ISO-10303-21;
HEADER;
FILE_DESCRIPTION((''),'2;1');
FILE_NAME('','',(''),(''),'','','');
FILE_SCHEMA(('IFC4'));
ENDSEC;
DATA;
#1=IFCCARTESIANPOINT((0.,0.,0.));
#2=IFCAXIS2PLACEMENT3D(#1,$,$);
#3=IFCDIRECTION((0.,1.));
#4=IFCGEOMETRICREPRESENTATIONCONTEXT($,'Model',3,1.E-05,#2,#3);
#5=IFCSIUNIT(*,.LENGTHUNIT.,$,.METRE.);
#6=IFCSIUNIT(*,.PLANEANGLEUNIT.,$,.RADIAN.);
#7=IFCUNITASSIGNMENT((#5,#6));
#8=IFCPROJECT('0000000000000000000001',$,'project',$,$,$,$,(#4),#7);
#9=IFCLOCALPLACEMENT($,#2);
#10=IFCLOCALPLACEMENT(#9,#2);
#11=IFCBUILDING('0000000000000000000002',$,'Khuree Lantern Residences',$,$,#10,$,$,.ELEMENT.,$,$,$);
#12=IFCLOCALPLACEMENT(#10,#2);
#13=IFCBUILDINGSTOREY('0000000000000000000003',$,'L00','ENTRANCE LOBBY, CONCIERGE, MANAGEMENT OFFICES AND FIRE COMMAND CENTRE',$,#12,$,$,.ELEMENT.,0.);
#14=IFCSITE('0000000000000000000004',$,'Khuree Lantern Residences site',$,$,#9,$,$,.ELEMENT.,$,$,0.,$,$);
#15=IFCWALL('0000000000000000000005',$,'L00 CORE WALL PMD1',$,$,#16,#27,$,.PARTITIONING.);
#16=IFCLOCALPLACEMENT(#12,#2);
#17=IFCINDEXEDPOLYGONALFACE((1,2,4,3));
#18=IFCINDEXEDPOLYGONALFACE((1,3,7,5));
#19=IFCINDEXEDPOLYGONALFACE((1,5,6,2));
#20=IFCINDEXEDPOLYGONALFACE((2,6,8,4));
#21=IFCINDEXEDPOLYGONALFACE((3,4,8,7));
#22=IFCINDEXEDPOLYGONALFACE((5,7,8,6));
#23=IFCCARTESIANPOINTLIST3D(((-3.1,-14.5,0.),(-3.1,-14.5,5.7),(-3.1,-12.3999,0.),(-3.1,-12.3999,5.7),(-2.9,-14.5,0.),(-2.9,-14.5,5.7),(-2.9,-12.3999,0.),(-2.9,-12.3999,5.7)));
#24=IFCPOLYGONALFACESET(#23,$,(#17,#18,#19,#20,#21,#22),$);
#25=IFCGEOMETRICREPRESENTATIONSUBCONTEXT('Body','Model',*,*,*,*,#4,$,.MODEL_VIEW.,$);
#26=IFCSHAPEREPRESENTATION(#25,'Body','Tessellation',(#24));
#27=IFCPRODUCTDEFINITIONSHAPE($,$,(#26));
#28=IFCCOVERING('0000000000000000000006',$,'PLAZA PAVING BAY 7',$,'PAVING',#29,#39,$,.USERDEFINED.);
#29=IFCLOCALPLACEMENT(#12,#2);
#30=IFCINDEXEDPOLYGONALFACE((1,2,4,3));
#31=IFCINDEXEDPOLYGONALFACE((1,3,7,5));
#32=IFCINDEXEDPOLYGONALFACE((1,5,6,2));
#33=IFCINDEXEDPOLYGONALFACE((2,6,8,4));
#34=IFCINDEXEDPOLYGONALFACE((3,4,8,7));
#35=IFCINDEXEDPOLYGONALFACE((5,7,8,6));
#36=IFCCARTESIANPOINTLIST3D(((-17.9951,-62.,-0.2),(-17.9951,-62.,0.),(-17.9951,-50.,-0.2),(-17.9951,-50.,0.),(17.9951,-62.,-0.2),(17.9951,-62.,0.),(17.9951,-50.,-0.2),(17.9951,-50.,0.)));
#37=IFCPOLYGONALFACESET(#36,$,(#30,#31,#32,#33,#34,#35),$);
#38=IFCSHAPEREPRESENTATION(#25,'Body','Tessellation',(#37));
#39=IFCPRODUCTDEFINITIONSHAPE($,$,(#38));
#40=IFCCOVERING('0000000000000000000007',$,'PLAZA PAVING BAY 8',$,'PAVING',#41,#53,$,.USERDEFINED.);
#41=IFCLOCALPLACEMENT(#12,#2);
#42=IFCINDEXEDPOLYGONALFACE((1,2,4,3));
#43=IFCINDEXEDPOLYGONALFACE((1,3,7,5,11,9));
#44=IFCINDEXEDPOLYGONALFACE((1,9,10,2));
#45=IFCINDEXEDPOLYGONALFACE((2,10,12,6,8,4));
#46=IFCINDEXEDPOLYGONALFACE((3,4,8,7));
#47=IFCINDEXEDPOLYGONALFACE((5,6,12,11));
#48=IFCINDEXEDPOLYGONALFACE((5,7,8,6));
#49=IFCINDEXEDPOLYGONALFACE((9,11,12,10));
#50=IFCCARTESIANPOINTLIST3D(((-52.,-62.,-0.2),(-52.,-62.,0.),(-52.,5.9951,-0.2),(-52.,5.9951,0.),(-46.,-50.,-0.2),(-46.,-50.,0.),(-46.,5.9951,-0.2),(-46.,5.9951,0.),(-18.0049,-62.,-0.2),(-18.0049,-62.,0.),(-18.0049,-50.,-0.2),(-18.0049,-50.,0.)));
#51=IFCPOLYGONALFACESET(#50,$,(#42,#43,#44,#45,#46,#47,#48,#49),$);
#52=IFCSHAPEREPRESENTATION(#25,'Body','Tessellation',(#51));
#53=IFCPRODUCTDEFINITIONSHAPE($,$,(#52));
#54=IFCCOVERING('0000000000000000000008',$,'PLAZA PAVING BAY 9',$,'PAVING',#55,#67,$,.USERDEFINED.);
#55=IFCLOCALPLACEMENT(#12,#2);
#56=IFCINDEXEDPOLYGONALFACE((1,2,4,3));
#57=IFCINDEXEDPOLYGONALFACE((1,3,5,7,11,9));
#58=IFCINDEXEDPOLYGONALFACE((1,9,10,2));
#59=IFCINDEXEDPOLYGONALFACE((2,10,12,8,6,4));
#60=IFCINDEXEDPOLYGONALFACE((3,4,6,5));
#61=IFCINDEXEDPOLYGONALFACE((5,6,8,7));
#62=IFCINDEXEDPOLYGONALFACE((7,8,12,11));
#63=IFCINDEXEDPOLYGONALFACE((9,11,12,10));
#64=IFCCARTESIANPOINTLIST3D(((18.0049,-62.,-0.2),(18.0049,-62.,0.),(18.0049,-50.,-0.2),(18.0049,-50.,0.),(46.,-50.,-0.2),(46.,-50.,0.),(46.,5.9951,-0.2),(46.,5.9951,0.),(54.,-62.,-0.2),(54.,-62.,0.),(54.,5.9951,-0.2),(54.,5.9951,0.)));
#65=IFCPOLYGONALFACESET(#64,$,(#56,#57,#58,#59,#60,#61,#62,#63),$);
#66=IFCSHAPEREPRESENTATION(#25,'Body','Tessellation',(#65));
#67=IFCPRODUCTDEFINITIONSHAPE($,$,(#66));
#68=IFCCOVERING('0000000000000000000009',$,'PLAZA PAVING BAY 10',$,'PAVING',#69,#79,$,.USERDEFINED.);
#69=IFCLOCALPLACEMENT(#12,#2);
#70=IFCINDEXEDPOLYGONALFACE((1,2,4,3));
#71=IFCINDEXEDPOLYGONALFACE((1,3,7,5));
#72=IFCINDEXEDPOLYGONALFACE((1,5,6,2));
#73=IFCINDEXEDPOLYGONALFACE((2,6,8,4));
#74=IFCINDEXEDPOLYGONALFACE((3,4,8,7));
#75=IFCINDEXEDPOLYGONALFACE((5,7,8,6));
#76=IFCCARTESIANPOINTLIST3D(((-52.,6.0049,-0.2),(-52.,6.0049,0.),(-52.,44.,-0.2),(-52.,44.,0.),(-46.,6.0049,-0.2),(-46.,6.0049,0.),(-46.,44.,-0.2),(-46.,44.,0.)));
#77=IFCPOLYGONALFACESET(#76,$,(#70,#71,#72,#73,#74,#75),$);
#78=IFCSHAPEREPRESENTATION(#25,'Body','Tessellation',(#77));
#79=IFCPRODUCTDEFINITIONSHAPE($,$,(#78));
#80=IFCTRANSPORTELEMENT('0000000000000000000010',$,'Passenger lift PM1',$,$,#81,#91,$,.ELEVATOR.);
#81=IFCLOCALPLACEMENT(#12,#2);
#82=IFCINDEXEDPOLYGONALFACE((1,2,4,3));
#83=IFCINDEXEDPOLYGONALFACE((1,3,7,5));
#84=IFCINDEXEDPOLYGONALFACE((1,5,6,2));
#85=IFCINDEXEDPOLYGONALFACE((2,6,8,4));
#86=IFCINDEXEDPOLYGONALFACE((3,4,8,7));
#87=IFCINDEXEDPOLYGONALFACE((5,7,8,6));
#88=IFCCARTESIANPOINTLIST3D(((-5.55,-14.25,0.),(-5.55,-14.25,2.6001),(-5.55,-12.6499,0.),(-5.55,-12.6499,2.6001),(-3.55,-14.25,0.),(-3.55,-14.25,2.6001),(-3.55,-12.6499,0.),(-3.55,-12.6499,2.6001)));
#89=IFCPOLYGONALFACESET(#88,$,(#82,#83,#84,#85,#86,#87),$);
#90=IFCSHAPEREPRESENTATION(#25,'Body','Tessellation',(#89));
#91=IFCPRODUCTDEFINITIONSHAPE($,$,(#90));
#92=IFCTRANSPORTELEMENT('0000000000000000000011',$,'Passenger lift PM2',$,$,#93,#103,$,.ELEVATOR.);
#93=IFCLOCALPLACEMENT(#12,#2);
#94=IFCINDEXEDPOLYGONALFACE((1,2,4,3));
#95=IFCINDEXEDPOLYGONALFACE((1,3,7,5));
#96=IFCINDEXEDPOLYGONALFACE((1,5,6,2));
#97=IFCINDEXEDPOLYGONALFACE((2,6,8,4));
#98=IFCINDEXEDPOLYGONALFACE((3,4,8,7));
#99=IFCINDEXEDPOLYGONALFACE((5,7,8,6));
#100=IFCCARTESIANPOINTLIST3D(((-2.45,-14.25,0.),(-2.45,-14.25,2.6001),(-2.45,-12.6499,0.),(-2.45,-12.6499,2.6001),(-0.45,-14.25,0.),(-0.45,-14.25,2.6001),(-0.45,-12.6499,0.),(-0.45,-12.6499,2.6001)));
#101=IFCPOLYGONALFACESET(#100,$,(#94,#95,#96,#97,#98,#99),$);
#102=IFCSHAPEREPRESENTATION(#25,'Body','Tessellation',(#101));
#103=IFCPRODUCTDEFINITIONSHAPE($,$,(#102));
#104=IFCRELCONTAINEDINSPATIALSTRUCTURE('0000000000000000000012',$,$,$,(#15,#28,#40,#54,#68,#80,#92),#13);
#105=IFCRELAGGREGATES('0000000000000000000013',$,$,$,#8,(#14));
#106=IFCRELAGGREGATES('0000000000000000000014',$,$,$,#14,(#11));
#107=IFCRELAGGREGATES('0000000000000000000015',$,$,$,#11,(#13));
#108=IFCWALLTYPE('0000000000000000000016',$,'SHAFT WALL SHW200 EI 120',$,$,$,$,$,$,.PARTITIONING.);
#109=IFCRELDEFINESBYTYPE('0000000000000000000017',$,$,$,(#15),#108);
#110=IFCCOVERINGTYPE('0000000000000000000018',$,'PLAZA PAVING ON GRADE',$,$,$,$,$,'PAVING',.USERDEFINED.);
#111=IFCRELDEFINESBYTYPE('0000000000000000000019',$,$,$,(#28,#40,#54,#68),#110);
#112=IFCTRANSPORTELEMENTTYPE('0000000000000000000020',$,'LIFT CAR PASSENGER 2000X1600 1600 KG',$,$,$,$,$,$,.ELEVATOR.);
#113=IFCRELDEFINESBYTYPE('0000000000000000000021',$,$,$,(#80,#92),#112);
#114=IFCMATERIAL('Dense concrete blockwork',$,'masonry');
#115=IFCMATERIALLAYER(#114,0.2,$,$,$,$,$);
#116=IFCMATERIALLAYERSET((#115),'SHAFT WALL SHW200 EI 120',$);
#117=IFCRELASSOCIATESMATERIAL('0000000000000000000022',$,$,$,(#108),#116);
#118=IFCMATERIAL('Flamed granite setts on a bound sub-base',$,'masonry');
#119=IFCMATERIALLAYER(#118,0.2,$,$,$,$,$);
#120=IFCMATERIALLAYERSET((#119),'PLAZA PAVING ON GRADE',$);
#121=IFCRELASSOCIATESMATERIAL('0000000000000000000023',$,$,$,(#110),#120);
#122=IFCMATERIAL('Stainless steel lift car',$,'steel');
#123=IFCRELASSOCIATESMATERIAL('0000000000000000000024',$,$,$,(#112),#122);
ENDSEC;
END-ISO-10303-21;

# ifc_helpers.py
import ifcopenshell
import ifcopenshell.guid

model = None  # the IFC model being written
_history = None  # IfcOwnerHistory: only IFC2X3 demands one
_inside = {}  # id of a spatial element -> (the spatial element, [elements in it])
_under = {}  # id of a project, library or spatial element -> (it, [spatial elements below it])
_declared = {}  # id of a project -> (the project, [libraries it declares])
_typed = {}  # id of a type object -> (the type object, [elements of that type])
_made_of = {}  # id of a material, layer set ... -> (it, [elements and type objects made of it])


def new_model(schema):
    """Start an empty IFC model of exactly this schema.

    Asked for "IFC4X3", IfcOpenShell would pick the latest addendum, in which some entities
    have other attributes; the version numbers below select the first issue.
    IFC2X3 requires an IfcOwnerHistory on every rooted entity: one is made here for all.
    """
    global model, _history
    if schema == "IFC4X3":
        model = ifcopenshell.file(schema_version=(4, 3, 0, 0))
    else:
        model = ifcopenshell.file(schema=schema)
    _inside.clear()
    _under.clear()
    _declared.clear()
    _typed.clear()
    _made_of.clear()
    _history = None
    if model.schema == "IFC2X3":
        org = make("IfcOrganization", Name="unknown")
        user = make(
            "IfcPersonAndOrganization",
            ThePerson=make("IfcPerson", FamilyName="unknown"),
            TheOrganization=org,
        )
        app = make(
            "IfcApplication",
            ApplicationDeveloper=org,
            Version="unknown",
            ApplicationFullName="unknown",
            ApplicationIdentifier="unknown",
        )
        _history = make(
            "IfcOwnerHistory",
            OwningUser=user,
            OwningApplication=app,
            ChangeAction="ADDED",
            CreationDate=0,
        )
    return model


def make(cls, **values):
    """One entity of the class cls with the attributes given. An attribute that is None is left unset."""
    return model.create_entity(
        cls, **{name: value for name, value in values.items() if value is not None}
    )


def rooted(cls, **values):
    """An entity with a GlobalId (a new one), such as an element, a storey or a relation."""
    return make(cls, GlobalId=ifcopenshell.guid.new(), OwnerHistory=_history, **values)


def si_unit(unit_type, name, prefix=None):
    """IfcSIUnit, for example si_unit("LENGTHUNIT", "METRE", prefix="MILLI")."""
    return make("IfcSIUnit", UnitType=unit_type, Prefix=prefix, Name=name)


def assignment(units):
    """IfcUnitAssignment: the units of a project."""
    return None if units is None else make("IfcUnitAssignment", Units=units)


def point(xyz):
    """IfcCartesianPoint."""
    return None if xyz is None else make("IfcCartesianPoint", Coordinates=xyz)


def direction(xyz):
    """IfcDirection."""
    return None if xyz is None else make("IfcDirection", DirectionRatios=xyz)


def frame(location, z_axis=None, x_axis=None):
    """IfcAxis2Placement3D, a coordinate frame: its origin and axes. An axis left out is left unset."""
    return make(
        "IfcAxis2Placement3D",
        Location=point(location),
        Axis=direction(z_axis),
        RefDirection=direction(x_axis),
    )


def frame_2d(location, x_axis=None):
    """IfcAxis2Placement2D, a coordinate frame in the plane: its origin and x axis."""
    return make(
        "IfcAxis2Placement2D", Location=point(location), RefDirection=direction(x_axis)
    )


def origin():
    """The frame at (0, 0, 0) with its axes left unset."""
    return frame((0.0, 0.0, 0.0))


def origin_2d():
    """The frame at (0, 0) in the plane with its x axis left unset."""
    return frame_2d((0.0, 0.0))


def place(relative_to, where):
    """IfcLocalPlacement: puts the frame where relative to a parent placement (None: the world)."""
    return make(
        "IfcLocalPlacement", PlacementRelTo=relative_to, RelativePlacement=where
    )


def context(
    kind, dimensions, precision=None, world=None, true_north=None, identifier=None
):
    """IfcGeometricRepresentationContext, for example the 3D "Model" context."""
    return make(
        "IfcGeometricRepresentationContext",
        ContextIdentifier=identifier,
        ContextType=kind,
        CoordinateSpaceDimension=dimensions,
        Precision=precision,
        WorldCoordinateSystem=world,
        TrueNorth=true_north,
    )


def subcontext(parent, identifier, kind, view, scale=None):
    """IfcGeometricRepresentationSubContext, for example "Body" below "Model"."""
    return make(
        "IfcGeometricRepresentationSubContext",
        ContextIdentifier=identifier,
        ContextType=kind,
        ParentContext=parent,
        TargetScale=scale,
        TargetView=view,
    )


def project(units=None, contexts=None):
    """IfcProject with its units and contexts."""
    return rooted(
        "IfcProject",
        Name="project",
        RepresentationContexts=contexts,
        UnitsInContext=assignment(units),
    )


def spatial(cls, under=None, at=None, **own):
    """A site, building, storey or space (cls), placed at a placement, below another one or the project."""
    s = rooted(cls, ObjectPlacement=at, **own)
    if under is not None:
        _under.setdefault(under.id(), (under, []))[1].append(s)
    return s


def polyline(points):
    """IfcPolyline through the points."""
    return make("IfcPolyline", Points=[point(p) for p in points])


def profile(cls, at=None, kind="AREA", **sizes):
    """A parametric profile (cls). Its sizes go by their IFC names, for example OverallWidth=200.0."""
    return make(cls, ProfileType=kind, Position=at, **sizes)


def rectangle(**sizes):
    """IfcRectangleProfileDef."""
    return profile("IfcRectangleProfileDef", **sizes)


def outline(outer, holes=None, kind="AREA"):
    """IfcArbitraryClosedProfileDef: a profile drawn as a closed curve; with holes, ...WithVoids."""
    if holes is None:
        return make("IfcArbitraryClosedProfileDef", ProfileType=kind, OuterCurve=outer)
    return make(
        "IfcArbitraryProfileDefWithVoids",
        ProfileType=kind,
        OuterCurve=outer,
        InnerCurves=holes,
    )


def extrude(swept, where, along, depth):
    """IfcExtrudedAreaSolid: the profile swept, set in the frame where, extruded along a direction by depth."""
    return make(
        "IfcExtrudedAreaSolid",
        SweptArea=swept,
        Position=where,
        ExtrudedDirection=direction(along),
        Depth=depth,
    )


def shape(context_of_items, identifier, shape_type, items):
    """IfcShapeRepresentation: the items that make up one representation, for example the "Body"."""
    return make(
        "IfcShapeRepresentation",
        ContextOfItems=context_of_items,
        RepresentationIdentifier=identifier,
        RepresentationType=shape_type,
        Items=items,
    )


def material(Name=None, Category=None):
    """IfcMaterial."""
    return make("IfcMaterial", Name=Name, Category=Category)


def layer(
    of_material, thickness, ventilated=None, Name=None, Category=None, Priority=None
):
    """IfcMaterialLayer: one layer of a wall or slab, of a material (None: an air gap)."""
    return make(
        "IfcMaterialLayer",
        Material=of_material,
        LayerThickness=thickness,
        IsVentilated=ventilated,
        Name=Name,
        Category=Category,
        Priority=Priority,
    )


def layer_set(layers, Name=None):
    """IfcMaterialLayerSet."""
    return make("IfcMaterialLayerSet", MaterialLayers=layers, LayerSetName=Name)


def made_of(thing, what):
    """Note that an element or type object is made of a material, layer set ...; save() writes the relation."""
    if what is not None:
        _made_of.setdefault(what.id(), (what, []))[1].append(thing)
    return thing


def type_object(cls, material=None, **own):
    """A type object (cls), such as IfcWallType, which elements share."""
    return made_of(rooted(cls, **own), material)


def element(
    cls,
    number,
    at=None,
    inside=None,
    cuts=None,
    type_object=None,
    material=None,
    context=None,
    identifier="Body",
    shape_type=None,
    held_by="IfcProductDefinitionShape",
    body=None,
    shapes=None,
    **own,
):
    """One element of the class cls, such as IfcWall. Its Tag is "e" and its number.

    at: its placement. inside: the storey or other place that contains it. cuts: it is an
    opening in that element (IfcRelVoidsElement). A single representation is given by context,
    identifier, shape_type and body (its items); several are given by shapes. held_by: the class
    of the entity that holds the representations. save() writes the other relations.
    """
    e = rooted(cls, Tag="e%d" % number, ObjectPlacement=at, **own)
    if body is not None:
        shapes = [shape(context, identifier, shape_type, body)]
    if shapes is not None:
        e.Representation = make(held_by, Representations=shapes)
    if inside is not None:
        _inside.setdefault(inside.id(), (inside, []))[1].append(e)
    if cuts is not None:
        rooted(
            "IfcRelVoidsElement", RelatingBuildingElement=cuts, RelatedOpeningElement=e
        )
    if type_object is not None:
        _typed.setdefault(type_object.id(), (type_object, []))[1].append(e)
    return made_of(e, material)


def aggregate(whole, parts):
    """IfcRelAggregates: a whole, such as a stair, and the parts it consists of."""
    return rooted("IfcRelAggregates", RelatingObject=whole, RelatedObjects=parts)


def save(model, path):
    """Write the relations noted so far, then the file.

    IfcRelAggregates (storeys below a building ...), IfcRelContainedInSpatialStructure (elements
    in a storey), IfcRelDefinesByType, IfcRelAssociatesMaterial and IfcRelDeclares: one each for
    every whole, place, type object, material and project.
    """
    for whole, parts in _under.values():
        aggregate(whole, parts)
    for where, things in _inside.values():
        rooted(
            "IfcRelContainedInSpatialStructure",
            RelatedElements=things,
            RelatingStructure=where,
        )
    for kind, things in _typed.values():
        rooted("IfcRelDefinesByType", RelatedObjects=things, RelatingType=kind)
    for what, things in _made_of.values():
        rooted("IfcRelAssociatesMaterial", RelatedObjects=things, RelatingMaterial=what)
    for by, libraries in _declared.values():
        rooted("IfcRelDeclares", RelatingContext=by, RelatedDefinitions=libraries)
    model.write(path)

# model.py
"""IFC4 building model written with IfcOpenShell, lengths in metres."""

from ifc_helpers import new_model, si_unit, direction, frame, frame_2d, origin, origin_2d, place, context, subcontext, project, spatial, polyline, rectangle, outline, extrude, material, layer, layer_set, type_object, element, save


model = new_model("IFC4")

# Units and contexts
model_context = context("Model", 3, precision=1e-05, world=origin(), true_north=direction((0.0, 1.0)))
body_context = subcontext(model_context, "Body", "Model", "MODEL_VIEW")
ifc_project = project(units=[si_unit("LENGTHUNIT", "METRE"), si_unit("PLANEANGLEUNIT", "RADIAN")], contexts=[model_context])

# Site, building, storey
site_placement = place(None, origin())
site = spatial("IfcSite", under=ifc_project, at=site_placement, Name="Khuree Lantern Residences site", CompositionType="ELEMENT", RefElevation=0.0)
building_placement = place(site_placement, origin())
building = spatial("IfcBuilding", under=site, at=building_placement, Name="Khuree Lantern Residences", CompositionType="ELEMENT")
storey_placement = place(building_placement, origin())
storey = spatial("IfcBuildingStorey", under=building, at=storey_placement, Name="L00", Description="ENTRANCE LOBBY, CONCIERGE, MANAGEMENT OFFICES AND FIRE COMMAND CENTRE", CompositionType="ELEMENT", Elevation=0.0)

# Shared definitions
ifc_material_1 = material(Name="Dense concrete blockwork", Category="masonry")

# Wall
ifc_layer_1 = layer(ifc_material_1, 0.2)
ifc_layer_set_1 = layer_set([ifc_layer_1], Name="SHAFT WALL SHW200 EI 120")
wall_type_1 = type_object("IfcWallType", Name="SHAFT WALL SHW200 EI 120", PredefinedType="PARTITIONING", material=ifc_layer_set_1)
wall_1_placement = place(storey_placement, frame((-3.0, -14.5, 0.0), z_axis=(0.0, 0.0, 1.0), x_axis=(0.0, 1.0, 0.0)))
element("IfcWall", 1, at=wall_1_placement, inside=storey, type_object=wall_type_1, Name="L00 CORE WALL PMD1", PredefinedType="PARTITIONING", context=body_context, shape_type="SweptSolid", body=[
    extrude(rectangle(XDim=2.1001, YDim=0.2, at=frame_2d((1.05, 0.0))), origin(), (0.0, 0.0, 1.0), 5.7),
])

# Coverings
ifc_material_2 = material(Name="Flamed granite setts on a bound sub-base", Category="masonry")
ifc_layer_2 = layer(ifc_material_2, 0.2)
ifc_layer_set_2 = layer_set([ifc_layer_2], Name="PLAZA PAVING ON GRADE")
covering_type = type_object("IfcCoveringType", Name="PLAZA PAVING ON GRADE", ElementType="PAVING", PredefinedType="USERDEFINED", material=ifc_layer_set_2)
covering_1_placement = place(storey_placement, frame((0.0, 0.0, -0.2)))
element("IfcCovering", 2, at=covering_1_placement, inside=storey, type_object=covering_type, Name="PLAZA PAVING BAY 7", ObjectType="PAVING", PredefinedType="USERDEFINED", context=body_context, shape_type="SweptSolid", body=[
    extrude(outline(polyline([(-17.9951, -62.0), (-17.9951, -50.0), (17.9951, -50.0), (17.9951, -62.0), (-17.9951, -62.0)])), origin(), (0.0, 0.0, 1.0), 0.2),
])
covering_2_placement = place(storey_placement, frame((0.0, 0.0, -0.2)))
element("IfcCovering", 3, at=covering_2_placement, inside=storey, type_object=covering_type, Name="PLAZA PAVING BAY 8", ObjectType="PAVING", PredefinedType="USERDEFINED", context=body_context, shape_type="SweptSolid", body=[
    extrude(outline(polyline([(-52.0, -62.0), (-52.0, 5.9951), (-46.0, 5.9951), (-46.0, -50.0), (-18.0049, -50.0), (-18.0049, -62.0), (-52.0, -62.0)])), origin(), (0.0, 0.0, 1.0), 0.2),
])
covering_3_placement = place(storey_placement, frame((0.0, 0.0, -0.2)))
element("IfcCovering", 4, at=covering_3_placement, inside=storey, type_object=covering_type, Name="PLAZA PAVING BAY 9", ObjectType="PAVING", PredefinedType="USERDEFINED", context=body_context, shape_type="SweptSolid", body=[
    extrude(outline(polyline([(54.0, 5.9951), (54.0, -62.0), (18.0049, -62.0), (18.0049, -50.0), (46.0, -50.0), (46.0, 5.9951), (54.0, 5.9951)])), origin(), (0.0, 0.0, 1.0), 0.2),
])
covering_4_placement = place(storey_placement, frame((0.0, 0.0, -0.2)))
element("IfcCovering", 5, at=covering_4_placement, inside=storey, type_object=covering_type, Name="PLAZA PAVING BAY 10", ObjectType="PAVING", PredefinedType="USERDEFINED", context=body_context, shape_type="SweptSolid", body=[
    extrude(outline(polyline([(-52.0, 44.0), (-46.0, 44.0), (-46.0, 6.0049), (-52.0, 6.0049), (-52.0, 44.0)])), origin(), (0.0, 0.0, 1.0), 0.2),
])

# Transport elements
ifc_material_3 = material(Name="Stainless steel lift car", Category="steel")
transport_element_type = type_object("IfcTransportElementType", Name="LIFT CAR PASSENGER 2000X1600 1600 KG", PredefinedType="ELEVATOR", material=ifc_material_3)
for number, where, z_axis, x_axis, name in (
    (6, (-4.55, -13.45, 0.0), (0.0, 0.0, 1.0), (1.0, 0.0, 0.0), "Passenger lift PM1"),
    (7, (-1.45, -13.45, 0.0), (0.0, 0.0, 1.0), (1.0, 0.0, 0.0), "Passenger lift PM2"),
):
    element("IfcTransportElement", number, at=place(storey_placement, frame(where, z_axis=z_axis, x_axis=x_axis)), inside=storey, type_object=transport_element_type, Name=name, PredefinedType="ELEVATOR", context=body_context, shape_type="SweptSolid", body=[
        extrude(rectangle(XDim=2.0, YDim=1.6001, at=origin_2d()), origin(), (0.0, 0.0, 1.0), 2.6001),
    ])

save(model, "model.ifc")
